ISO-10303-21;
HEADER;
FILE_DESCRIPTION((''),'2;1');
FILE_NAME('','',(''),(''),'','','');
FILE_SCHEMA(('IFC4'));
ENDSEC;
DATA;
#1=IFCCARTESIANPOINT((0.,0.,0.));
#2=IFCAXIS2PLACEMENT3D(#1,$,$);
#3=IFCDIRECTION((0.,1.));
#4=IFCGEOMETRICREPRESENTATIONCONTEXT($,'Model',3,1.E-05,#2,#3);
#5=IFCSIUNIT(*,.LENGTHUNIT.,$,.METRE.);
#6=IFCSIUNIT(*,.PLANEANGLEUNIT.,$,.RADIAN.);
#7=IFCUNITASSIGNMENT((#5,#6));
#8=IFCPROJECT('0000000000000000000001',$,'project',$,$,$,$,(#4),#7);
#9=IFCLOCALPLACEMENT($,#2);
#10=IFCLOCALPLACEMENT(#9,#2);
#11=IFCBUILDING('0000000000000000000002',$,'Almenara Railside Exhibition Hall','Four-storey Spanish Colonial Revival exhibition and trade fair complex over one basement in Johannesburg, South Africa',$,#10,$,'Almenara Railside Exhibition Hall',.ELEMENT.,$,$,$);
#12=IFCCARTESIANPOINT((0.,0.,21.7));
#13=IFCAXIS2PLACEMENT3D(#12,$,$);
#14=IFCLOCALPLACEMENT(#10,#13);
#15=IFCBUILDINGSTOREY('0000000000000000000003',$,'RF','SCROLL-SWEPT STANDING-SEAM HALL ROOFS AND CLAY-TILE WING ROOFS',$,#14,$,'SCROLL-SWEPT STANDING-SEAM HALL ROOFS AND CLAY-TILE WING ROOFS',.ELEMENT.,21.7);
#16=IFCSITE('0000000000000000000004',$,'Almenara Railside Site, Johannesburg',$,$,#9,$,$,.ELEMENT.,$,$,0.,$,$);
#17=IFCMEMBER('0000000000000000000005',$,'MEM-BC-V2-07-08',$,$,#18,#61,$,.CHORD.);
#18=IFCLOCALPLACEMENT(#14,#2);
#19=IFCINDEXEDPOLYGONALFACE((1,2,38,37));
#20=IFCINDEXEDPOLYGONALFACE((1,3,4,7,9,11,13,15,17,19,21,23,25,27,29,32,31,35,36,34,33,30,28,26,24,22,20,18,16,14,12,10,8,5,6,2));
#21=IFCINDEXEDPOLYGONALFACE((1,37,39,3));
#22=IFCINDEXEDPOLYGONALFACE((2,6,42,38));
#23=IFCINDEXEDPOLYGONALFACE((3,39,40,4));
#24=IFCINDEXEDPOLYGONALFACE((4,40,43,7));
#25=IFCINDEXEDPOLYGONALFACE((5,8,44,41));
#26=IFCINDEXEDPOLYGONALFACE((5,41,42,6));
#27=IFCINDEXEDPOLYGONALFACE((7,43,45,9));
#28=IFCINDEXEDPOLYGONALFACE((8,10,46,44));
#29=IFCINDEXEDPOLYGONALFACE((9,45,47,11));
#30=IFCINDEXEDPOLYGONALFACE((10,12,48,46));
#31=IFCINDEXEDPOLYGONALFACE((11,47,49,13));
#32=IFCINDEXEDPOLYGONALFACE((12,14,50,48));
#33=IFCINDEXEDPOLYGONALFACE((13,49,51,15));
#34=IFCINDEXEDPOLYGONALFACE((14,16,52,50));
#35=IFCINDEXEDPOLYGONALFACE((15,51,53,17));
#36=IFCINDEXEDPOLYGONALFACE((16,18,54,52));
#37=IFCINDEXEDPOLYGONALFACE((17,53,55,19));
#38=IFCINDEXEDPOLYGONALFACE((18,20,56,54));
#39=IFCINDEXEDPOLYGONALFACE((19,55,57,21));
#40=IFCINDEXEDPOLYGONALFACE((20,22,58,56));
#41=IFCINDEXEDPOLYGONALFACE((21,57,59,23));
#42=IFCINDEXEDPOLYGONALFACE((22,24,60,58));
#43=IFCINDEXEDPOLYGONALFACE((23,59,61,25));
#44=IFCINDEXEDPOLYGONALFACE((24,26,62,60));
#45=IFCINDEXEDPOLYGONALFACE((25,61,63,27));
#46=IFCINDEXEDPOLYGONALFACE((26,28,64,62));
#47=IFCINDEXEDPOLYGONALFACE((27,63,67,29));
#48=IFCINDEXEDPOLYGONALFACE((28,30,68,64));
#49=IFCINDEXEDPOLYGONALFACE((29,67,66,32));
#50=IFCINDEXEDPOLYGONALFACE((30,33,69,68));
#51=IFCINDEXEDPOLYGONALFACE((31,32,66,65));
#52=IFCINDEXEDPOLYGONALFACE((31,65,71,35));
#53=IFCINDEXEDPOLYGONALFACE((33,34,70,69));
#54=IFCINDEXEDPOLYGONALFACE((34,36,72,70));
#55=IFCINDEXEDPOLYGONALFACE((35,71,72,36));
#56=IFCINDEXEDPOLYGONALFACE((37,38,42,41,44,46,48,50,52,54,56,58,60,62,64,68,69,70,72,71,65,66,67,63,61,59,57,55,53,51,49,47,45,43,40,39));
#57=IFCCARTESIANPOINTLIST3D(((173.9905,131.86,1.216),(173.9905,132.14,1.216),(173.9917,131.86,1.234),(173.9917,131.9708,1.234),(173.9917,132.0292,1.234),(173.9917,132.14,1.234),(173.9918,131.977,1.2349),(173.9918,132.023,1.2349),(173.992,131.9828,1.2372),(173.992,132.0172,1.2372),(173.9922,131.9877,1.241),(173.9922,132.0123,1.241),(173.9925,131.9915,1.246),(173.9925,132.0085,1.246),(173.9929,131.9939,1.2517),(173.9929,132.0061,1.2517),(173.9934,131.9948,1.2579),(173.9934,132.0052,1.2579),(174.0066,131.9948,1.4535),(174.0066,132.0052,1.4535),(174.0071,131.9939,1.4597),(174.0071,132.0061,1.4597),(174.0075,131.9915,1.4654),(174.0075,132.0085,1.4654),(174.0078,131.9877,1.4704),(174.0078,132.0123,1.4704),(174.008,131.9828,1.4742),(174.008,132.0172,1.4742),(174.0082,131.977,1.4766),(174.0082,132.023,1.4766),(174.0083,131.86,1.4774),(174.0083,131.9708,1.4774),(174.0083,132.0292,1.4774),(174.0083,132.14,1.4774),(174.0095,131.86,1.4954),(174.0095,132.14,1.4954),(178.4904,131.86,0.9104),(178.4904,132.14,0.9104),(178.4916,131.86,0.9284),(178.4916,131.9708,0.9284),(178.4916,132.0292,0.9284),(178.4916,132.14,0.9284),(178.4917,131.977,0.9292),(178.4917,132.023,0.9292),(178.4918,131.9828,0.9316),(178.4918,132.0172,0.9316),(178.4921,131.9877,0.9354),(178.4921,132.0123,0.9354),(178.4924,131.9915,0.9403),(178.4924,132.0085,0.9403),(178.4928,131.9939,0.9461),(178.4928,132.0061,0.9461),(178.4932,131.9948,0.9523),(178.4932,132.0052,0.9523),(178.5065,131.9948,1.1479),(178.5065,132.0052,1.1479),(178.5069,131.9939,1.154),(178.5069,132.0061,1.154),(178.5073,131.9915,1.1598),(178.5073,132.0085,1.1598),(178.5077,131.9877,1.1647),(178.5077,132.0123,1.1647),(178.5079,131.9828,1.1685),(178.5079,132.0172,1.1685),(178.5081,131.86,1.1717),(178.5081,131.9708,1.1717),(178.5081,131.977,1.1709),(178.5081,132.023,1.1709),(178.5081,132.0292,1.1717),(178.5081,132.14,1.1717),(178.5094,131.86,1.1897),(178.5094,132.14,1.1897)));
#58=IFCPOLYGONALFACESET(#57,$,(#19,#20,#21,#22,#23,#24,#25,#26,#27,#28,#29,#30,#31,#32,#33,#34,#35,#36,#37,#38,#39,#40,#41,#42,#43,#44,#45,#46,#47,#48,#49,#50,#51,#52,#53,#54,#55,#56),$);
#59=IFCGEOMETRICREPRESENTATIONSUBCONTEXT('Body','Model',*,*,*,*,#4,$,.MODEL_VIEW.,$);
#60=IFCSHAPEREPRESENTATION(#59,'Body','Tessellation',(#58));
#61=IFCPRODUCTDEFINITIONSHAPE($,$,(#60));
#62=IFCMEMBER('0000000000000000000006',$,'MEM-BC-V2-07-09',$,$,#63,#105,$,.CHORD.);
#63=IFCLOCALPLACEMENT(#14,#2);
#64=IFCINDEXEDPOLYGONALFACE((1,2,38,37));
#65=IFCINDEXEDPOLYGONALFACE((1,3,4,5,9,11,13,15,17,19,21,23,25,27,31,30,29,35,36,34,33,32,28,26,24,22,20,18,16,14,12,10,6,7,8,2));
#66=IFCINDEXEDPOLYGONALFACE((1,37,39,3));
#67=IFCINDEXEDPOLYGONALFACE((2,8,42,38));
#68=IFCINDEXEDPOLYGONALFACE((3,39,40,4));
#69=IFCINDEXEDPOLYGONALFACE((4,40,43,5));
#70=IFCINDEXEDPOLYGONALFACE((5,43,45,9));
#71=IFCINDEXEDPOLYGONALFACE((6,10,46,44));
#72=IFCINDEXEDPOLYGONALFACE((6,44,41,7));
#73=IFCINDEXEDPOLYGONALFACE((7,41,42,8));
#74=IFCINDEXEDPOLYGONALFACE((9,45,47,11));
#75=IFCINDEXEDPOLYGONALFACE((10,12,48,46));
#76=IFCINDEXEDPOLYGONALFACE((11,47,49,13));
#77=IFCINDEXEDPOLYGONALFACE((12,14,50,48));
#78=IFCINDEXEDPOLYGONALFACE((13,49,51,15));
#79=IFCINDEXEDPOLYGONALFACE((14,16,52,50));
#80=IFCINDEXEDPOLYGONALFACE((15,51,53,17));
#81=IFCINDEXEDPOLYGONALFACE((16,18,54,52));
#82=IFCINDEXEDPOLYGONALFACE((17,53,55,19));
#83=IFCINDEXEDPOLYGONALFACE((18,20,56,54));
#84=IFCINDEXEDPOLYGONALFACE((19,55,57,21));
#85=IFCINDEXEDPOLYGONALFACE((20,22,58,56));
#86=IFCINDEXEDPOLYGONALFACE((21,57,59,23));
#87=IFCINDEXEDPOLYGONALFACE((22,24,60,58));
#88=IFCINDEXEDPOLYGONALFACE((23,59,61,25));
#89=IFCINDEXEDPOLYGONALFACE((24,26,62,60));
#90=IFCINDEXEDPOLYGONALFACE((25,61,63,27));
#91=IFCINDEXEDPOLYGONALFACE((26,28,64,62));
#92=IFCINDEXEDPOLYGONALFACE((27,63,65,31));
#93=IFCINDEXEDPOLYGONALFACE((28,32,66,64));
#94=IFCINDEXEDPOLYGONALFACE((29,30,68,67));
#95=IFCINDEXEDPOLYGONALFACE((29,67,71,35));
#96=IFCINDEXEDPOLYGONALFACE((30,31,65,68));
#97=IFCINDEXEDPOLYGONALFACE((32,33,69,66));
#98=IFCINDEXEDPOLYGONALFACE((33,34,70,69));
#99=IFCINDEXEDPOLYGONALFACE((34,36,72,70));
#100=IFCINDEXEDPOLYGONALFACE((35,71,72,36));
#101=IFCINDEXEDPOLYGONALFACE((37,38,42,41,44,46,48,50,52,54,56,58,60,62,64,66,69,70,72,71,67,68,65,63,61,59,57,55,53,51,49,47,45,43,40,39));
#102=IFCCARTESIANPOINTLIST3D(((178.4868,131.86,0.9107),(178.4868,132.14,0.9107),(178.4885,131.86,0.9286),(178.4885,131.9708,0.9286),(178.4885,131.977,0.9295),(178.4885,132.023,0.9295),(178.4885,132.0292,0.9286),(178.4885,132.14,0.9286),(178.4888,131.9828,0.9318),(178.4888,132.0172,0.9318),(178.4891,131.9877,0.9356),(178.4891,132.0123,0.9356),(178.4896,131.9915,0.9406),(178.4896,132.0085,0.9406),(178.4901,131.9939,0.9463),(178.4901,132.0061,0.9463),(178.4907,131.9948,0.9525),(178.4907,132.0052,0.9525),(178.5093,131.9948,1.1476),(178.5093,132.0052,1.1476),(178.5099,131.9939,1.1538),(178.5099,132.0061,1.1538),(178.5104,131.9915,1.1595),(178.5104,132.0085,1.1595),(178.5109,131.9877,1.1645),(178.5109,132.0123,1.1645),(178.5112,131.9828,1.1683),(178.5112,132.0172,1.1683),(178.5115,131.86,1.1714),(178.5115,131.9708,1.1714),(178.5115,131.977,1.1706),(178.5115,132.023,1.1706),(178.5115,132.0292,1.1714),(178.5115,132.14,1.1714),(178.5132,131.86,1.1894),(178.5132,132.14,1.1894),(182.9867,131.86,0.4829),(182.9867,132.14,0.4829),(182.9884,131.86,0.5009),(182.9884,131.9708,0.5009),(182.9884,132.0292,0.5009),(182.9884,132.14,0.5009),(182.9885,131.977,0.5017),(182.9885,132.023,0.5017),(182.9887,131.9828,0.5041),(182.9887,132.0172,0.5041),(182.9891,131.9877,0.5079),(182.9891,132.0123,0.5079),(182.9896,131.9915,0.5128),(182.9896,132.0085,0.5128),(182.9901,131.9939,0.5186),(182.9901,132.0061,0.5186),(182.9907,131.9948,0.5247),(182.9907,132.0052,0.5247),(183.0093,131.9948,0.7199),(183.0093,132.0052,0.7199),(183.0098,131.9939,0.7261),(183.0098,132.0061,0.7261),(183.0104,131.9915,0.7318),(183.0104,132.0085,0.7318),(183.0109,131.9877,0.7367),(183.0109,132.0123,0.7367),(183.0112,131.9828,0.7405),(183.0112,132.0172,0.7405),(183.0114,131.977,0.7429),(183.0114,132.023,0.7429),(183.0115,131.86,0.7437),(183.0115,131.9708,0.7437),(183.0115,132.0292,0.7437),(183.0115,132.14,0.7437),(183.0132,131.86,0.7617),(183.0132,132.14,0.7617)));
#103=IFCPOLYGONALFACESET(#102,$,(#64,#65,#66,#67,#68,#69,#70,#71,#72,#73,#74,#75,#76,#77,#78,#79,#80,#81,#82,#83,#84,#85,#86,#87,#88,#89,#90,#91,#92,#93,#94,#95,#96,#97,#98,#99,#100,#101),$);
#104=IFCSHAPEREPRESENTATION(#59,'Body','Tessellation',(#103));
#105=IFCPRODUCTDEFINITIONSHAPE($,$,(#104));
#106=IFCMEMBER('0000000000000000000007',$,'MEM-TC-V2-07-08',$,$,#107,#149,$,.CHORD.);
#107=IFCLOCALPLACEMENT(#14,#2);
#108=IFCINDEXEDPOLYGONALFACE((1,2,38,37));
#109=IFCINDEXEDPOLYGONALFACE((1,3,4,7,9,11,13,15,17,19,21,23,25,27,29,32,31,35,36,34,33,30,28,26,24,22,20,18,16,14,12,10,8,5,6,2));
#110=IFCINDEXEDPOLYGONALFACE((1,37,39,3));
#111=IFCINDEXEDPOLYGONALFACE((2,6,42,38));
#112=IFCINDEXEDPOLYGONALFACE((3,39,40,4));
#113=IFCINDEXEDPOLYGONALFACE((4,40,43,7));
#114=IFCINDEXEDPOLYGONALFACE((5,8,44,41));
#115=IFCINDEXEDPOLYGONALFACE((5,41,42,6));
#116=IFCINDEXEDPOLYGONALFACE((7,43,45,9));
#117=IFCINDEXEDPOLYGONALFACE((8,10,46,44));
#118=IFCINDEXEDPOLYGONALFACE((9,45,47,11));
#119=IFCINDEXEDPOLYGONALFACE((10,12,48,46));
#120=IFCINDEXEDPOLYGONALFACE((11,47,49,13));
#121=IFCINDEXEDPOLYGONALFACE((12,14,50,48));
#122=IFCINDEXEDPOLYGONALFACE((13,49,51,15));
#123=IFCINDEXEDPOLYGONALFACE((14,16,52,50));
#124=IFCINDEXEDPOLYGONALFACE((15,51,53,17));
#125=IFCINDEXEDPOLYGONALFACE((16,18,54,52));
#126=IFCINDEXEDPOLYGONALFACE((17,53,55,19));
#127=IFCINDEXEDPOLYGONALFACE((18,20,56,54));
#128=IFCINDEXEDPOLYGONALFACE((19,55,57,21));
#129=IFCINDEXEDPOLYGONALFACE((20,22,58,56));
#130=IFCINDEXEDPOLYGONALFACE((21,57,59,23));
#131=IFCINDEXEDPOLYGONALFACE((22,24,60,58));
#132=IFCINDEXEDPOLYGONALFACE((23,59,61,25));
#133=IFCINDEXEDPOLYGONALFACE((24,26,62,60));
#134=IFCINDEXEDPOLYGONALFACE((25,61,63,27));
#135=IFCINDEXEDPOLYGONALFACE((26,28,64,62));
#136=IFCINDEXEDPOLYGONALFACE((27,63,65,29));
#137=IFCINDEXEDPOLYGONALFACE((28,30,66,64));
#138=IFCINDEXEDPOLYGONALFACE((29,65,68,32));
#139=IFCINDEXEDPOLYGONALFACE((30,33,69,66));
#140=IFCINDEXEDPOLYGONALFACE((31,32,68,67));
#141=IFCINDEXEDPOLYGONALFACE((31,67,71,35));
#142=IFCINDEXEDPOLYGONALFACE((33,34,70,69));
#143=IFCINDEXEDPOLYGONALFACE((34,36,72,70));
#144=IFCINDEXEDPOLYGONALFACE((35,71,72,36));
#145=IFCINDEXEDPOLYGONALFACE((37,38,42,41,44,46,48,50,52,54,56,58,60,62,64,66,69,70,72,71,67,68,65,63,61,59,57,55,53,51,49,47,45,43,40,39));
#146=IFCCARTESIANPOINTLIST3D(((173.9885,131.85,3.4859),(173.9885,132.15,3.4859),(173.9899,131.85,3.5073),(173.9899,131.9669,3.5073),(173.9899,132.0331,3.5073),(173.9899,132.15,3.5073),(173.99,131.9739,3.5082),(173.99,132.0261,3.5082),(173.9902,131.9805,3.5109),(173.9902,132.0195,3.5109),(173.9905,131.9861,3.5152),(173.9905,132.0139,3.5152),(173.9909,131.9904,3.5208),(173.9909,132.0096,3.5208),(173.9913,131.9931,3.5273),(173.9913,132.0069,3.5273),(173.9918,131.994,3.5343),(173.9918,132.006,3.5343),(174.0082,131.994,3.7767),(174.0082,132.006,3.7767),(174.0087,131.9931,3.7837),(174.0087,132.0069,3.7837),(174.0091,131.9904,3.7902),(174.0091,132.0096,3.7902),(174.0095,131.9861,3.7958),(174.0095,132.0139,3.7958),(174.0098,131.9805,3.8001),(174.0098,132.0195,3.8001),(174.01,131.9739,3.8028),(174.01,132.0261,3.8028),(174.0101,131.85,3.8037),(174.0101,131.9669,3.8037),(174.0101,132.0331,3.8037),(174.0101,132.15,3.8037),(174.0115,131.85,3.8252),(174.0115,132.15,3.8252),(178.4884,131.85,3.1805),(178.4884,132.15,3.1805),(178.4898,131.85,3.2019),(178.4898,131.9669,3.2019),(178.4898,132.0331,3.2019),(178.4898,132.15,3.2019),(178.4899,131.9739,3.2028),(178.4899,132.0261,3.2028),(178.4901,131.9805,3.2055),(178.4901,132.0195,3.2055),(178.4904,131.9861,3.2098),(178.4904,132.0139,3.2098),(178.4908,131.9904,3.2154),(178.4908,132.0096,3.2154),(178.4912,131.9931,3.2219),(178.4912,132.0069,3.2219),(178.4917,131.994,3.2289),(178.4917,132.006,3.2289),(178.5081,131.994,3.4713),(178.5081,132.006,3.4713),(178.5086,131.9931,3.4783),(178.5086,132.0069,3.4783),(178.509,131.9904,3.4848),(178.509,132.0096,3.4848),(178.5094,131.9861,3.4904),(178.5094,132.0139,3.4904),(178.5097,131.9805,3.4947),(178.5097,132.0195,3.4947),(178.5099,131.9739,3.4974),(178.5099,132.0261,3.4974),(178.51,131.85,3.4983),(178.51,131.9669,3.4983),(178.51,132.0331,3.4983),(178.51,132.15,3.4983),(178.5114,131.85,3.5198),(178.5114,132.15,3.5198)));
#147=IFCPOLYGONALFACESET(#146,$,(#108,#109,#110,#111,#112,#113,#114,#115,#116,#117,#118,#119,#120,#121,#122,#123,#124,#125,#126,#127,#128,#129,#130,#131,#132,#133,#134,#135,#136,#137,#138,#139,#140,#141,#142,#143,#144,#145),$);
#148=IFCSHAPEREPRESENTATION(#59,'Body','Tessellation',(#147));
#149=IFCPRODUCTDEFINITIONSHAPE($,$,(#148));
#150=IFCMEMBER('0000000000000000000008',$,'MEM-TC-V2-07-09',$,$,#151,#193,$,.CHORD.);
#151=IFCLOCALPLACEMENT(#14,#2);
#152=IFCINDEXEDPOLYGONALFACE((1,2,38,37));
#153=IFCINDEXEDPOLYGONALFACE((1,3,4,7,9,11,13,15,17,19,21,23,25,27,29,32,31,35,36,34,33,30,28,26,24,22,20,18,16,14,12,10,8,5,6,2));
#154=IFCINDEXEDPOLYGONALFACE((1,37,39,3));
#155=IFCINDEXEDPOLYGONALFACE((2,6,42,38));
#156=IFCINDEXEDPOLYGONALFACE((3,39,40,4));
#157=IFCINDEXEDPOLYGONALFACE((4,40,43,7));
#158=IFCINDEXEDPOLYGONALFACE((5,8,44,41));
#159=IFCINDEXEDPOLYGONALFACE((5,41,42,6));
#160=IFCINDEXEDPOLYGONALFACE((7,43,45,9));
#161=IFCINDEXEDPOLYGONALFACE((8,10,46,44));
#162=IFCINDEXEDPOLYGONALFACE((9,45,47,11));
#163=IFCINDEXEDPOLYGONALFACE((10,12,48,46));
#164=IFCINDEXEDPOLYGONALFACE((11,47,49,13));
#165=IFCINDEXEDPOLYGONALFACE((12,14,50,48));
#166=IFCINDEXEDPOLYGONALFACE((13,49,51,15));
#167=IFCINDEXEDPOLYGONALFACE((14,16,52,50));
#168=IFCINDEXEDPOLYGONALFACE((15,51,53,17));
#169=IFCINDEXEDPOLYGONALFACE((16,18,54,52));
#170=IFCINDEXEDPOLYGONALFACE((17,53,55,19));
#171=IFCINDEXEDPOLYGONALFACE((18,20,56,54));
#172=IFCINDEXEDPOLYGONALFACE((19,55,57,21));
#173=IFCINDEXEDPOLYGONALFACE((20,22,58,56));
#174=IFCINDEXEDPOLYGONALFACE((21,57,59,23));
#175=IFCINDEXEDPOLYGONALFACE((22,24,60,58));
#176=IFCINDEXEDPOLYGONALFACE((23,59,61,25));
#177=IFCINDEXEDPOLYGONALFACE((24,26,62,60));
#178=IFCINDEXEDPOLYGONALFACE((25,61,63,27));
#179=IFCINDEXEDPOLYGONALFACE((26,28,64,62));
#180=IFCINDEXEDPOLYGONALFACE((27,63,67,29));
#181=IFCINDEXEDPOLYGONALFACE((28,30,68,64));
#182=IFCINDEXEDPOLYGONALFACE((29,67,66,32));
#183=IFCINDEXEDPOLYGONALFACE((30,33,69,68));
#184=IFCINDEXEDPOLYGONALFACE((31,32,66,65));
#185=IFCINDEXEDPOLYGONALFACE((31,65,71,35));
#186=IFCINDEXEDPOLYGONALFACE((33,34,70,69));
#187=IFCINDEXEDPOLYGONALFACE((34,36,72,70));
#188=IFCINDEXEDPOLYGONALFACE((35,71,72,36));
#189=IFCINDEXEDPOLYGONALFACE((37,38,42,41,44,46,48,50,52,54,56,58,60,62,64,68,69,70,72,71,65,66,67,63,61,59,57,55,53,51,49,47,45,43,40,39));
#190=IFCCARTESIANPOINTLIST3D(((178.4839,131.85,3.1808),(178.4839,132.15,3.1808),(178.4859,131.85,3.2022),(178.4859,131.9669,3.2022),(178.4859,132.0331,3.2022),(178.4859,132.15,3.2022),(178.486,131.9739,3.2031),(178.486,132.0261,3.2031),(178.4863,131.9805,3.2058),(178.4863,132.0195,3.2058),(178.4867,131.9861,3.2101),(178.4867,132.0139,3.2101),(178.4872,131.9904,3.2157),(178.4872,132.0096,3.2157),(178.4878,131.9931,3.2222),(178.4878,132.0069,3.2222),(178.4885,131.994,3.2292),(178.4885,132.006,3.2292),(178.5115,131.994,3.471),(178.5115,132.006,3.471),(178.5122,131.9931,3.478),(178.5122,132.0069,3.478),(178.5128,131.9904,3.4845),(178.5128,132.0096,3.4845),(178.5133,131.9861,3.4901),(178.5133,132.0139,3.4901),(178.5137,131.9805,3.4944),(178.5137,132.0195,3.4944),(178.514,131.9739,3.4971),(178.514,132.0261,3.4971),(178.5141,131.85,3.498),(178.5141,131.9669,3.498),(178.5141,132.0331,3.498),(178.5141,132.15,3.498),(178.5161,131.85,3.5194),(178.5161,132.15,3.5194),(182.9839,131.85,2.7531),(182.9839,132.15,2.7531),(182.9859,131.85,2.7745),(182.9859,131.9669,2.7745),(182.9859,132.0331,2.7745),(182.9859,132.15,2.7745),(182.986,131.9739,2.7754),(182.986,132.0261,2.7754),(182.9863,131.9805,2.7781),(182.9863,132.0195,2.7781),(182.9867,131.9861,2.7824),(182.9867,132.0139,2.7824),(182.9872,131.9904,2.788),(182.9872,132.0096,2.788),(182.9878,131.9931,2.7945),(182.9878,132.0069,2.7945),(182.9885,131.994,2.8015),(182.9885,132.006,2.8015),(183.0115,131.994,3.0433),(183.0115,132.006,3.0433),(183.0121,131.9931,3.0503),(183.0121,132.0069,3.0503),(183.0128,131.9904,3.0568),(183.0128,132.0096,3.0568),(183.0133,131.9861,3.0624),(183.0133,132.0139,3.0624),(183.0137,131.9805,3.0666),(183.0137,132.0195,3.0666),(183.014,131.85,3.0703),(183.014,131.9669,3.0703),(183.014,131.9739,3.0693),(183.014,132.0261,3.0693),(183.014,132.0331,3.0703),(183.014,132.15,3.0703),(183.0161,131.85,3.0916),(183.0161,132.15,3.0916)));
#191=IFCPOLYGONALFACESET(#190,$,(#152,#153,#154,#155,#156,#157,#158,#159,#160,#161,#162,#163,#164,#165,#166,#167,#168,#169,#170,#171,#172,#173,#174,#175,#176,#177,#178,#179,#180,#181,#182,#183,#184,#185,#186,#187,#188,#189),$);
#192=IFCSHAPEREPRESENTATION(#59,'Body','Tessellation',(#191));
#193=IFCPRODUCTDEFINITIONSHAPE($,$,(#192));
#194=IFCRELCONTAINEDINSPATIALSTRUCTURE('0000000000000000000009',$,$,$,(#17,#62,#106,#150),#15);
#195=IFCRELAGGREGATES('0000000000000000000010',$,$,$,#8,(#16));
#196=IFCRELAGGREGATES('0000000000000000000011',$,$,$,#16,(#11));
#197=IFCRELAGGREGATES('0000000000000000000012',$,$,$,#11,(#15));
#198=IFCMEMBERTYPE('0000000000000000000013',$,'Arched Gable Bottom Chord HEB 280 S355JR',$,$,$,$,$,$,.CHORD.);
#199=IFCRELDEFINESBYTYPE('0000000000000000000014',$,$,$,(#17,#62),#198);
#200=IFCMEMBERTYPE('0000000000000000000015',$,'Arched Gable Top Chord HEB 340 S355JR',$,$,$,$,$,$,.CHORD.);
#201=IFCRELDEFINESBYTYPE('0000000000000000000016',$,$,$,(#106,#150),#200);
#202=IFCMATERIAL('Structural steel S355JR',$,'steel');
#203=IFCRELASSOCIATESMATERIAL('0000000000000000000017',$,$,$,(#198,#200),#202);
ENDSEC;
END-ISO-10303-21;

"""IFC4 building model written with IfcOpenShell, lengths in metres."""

from ifc_helpers import new_model, si_unit, direction, frame, origin, origin_2d, place, context, subcontext, project, spatial, i_section, extrude, material, material_profile, profile_set, type_object, element, save


model = new_model("IFC4")

# Units and contexts
model_context = context("Model", 3, precision=1e-05, world=origin(), true_north=direction((0.0, 1.0)))
body_context = subcontext(model_context, "Body", "Model", "MODEL_VIEW")
ifc_project = project(units=[si_unit("LENGTHUNIT", "METRE"), si_unit("PLANEANGLEUNIT", "RADIAN")], contexts=[model_context])

# Site, building, storey
site_placement = place(None, origin())
site = spatial("IfcSite", under=ifc_project, at=site_placement, Name="Almenara Railside Site, Johannesburg", CompositionType="ELEMENT", RefElevation=0.0)
building_placement = place(site_placement, origin())
building = spatial("IfcBuilding", under=site, at=building_placement, Name="Almenara Railside Exhibition Hall", Description="Four-storey Spanish Colonial Revival exhibition and trade fair complex over one basement in Johannesburg, South Africa", LongName="Almenara Railside Exhibition Hall", CompositionType="ELEMENT")
storey_placement = place(building_placement, frame((0.0, 0.0, 21.7)))
storey = spatial("IfcBuildingStorey", under=building, at=storey_placement, Name="RF", Description="SCROLL-SWEPT STANDING-SEAM HALL ROOFS AND CLAY-TILE WING ROOFS", LongName="SCROLL-SWEPT STANDING-SEAM HALL ROOFS AND CLAY-TILE WING ROOFS", CompositionType="ELEMENT", Elevation=21.7)

# Members
ifc_material_1 = material(Name="Structural steel S355JR", Category="steel")
ifc_material_profile_1 = material_profile(ifc_material_1, i_section(OverallWidth=0.28, OverallDepth=0.28, WebThickness=0.0105, FlangeThickness=0.0181, FilletRadius=0.0239, at=origin_2d()), Name="HEB 280")
ifc_profile_set_1 = profile_set([ifc_material_profile_1], Name="Structural steel S355JR")
member_type_1 = type_object("IfcMemberType", Name="Arched Gable Bottom Chord HEB 280 S355JR", PredefinedType="CHORD", material=ifc_profile_set_1)
member_1_placement = place(storey_placement, frame((174.0, 132.0, 1.3557), z_axis=(0.997701, 0.0, -0.067769), x_axis=(0.0, 1.0, 0.0)))
element("IfcMember", 1, at=member_1_placement, inside=storey, type_object=member_type_1, Name="MEM-BC-V2-07-08", PredefinedType="CHORD", context=body_context, shape_type="SweptSolid", body=[
    extrude(i_section(OverallWidth=0.28, OverallDepth=0.28, WebThickness=0.0105, FlangeThickness=0.0181, FilletRadius=0.0239, at=origin_2d()), origin(), (0.0, 0.0, 1.0), 4.5103),
])
member_2_placement = place(storey_placement, frame((178.5, 132.0, 1.05), z_axis=(0.995513, 0.0, -0.094626), x_axis=(0.0, 1.0, 0.0)))
element("IfcMember", 2, at=member_2_placement, inside=storey, type_object=member_type_1, Name="MEM-BC-V2-07-09", PredefinedType="CHORD", context=body_context, shape_type="SweptSolid", body=[
    extrude(i_section(OverallWidth=0.28, OverallDepth=0.28, WebThickness=0.0105, FlangeThickness=0.0181, FilletRadius=0.0239, at=origin_2d()), origin(), (0.0, 0.0, 1.0), 4.5203),
])
ifc_material_profile_2 = material_profile(ifc_material_1, i_section(OverallWidth=0.3, OverallDepth=0.3401, WebThickness=0.012, FlangeThickness=0.0215, FilletRadius=0.0271, at=origin_2d()), Name="HEB 340")
ifc_profile_set_2 = profile_set([ifc_material_profile_2], Name="Structural steel S355JR")
member_type_2 = type_object("IfcMemberType", Name="Arched Gable Top Chord HEB 340 S355JR", PredefinedType="CHORD", material=ifc_profile_set_2)
member_3_placement = place(storey_placement, frame((174.0, 132.0, 3.6555), z_axis=(0.997705, 0.0, -0.067715), x_axis=(0.0, 1.0, 0.0)))
element("IfcMember", 3, at=member_3_placement, inside=storey, type_object=member_type_2, Name="MEM-TC-V2-07-08", PredefinedType="CHORD", context=body_context, shape_type="SweptSolid", body=[
    extrude(i_section(OverallWidth=0.3, OverallDepth=0.3401, WebThickness=0.012, FlangeThickness=0.0215, FilletRadius=0.0271, at=origin_2d()), origin(), (0.0, 0.0, 1.0), 4.5103),
])
member_4_placement = place(storey_placement, frame((178.5, 132.0, 3.3501), z_axis=(0.995513, 0.0, -0.094626), x_axis=(0.0, 1.0, 0.0)))
element("IfcMember", 4, at=member_4_placement, inside=storey, type_object=member_type_2, Name="MEM-TC-V2-07-09", PredefinedType="CHORD", context=body_context, shape_type="SweptSolid", body=[
    extrude(i_section(OverallWidth=0.3, OverallDepth=0.3401, WebThickness=0.012, FlangeThickness=0.0215, FilletRadius=0.0271, at=origin_2d()), origin(), (0.0, 0.0, 1.0), 4.5203),
])

save(model, "model.ifc")
